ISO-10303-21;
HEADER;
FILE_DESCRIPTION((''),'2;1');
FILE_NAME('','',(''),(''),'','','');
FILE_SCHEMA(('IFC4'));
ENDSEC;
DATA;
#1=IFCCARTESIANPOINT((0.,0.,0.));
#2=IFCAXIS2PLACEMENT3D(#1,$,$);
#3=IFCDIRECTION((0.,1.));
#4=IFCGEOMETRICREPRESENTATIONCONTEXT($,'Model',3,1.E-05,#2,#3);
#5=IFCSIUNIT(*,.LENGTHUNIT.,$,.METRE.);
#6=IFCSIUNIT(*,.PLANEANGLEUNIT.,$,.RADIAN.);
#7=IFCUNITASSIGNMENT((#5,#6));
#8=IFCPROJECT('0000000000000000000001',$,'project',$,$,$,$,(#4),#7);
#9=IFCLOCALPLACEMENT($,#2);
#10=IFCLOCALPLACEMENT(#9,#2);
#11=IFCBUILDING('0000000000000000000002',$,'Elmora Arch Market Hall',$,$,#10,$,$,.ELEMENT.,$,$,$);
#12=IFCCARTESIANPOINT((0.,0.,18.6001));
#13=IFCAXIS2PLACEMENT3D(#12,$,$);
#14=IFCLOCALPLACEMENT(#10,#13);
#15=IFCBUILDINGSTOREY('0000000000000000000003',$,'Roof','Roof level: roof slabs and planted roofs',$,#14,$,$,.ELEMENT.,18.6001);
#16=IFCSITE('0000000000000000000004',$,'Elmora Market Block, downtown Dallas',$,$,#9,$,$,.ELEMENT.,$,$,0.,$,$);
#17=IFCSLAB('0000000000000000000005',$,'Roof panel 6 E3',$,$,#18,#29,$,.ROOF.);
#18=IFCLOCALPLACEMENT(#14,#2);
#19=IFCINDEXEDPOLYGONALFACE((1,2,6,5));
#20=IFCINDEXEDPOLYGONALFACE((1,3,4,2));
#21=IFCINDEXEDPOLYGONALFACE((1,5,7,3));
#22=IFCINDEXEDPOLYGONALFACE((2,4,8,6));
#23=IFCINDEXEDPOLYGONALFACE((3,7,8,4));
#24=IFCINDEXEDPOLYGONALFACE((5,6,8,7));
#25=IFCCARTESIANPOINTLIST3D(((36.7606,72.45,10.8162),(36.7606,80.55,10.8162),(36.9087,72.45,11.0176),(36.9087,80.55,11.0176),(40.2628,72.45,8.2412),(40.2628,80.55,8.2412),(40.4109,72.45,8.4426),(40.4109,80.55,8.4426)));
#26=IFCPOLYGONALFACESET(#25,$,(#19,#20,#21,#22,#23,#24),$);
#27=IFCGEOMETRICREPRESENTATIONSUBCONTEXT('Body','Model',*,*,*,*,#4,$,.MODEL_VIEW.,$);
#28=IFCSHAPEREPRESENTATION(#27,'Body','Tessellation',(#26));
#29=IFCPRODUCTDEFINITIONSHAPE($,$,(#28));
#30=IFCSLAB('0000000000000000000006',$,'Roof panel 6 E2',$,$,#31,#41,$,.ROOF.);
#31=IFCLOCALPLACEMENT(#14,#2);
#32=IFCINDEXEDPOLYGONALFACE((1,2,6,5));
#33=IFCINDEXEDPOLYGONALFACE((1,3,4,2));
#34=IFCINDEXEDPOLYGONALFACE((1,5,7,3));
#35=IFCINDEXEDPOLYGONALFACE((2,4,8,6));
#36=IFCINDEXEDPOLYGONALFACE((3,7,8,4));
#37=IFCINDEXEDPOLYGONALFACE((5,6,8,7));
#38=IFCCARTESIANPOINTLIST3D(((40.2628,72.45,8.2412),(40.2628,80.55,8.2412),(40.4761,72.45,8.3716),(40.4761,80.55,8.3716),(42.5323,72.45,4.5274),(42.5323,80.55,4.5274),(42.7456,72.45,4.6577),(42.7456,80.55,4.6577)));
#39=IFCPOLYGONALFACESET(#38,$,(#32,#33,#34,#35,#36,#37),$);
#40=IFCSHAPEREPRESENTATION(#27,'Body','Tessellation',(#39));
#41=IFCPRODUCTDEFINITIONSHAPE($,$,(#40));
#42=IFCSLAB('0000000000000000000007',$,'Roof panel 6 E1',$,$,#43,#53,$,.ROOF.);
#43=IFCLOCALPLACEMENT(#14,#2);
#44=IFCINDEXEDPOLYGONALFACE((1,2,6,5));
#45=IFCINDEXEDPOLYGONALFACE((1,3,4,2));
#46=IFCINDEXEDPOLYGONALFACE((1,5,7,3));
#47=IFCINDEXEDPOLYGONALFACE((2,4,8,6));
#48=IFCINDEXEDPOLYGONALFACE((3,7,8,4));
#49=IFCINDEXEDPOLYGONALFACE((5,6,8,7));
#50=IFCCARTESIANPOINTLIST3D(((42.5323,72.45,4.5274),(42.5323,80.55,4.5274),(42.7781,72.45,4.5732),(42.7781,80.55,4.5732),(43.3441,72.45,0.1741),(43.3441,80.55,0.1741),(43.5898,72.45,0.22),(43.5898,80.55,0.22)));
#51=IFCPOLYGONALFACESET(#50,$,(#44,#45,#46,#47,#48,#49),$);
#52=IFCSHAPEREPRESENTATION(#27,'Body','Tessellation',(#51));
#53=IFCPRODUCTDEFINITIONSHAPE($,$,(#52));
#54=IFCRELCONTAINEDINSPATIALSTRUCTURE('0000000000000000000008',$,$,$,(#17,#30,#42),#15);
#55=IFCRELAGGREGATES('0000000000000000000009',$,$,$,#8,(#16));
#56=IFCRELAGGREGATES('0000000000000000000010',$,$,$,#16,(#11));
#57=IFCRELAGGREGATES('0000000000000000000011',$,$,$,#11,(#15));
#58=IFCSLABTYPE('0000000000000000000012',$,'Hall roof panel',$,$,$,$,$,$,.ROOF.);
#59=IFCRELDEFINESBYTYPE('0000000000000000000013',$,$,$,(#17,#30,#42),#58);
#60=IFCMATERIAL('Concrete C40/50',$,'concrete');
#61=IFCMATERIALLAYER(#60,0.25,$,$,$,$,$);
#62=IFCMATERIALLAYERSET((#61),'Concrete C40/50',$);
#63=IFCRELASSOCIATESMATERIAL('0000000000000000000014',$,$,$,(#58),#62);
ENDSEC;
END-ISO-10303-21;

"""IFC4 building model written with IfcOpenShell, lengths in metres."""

from ifc_helpers import new_model, si_unit, direction, frame, origin, place, context, subcontext, project, spatial, polyline, outline, extrude, material, layer, layer_set, type_object, element, save


model = new_model("IFC4")

# Units and contexts
model_context = context("Model", 3, precision=1e-05, world=origin(), true_north=direction((0.0, 1.0)))
body_context = subcontext(model_context, "Body", "Model", "MODEL_VIEW")
ifc_project = project(units=[si_unit("LENGTHUNIT", "METRE"), si_unit("PLANEANGLEUNIT", "RADIAN")], contexts=[model_context])

# Site, building, storey
site_placement = place(None, origin())
site = spatial("IfcSite", under=ifc_project, at=site_placement, Name="Elmora Market Block, downtown Dallas", CompositionType="ELEMENT", RefElevation=0.0)
building_placement = place(site_placement, origin())
building = spatial("IfcBuilding", under=site, at=building_placement, Name="Elmora Arch Market Hall", CompositionType="ELEMENT")
storey_placement = place(building_placement, frame((0.0, 0.0, 18.6001)))
storey = spatial("IfcBuildingStorey", under=building, at=storey_placement, Name="Roof", Description="Roof level: roof slabs and planted roofs", CompositionType="ELEMENT", Elevation=18.6001)

# Slabs
ifc_material_1 = material(Name="Concrete C40/50", Category="concrete")
ifc_layer_1 = layer(ifc_material_1, 0.25)
ifc_layer_set_1 = layer_set([ifc_layer_1], Name="Concrete C40/50")
slab_type = type_object("IfcSlabType", Name="Hall roof panel", PredefinedType="ROOF", material=ifc_layer_set_1)
slab_1_placement = place(storey_placement, frame((36.9087, 72.45, 11.0176), z_axis=(0.592362, 0.0, 0.805672), x_axis=(0.0, 1.0, 0.0)))
element("IfcSlab", 1, at=slab_1_placement, inside=storey, type_object=slab_type, Name="Roof panel 6 E3", PredefinedType="ROOF", context=body_context, shape_type="SweptSolid", body=[
    extrude(outline(polyline([(0.0, 0.0), (8.1001, 0.0), (8.1001, -4.3469), (0.0, -4.3469), (0.0, 0.0)])), origin(), (0.0, 0.0, -1.0), 0.25),
])
slab_2_placement = place(storey_placement, frame((40.4761, 72.45, 8.3716), z_axis=(0.853287, 0.0, 0.521441), x_axis=(0.0, 1.0, 0.0)))
element("IfcSlab", 2, at=slab_2_placement, inside=storey, type_object=slab_type, Name="Roof panel 6 E2", PredefinedType="ROOF", context=body_context, shape_type="SweptSolid", body=[
    extrude(outline(polyline([(0.0, 0.0), (8.1001, 0.0), (8.1001, -4.3524), (0.0, -4.3524), (0.0, 0.0)])), origin(), (0.0, 0.0, -1.0), 0.25),
])
slab_3_placement = place(storey_placement, frame((42.7781, 72.45, 4.5732), z_axis=(0.983055, 0.0, 0.183313), x_axis=(0.0, 1.0, 0.0)))
element("IfcSlab", 3, at=slab_3_placement, inside=storey, type_object=slab_type, Name="Roof panel 6 E1", PredefinedType="ROOF", context=body_context, shape_type="SweptSolid", body=[
    extrude(outline(polyline([(0.0, 0.0), (8.1001, 0.0), (8.1001, -4.4283), (0.0, -4.4283), (0.0, 0.0)])), origin(), (0.0, 0.0, -1.0), 0.25),
])

save(model, "model.ifc")
